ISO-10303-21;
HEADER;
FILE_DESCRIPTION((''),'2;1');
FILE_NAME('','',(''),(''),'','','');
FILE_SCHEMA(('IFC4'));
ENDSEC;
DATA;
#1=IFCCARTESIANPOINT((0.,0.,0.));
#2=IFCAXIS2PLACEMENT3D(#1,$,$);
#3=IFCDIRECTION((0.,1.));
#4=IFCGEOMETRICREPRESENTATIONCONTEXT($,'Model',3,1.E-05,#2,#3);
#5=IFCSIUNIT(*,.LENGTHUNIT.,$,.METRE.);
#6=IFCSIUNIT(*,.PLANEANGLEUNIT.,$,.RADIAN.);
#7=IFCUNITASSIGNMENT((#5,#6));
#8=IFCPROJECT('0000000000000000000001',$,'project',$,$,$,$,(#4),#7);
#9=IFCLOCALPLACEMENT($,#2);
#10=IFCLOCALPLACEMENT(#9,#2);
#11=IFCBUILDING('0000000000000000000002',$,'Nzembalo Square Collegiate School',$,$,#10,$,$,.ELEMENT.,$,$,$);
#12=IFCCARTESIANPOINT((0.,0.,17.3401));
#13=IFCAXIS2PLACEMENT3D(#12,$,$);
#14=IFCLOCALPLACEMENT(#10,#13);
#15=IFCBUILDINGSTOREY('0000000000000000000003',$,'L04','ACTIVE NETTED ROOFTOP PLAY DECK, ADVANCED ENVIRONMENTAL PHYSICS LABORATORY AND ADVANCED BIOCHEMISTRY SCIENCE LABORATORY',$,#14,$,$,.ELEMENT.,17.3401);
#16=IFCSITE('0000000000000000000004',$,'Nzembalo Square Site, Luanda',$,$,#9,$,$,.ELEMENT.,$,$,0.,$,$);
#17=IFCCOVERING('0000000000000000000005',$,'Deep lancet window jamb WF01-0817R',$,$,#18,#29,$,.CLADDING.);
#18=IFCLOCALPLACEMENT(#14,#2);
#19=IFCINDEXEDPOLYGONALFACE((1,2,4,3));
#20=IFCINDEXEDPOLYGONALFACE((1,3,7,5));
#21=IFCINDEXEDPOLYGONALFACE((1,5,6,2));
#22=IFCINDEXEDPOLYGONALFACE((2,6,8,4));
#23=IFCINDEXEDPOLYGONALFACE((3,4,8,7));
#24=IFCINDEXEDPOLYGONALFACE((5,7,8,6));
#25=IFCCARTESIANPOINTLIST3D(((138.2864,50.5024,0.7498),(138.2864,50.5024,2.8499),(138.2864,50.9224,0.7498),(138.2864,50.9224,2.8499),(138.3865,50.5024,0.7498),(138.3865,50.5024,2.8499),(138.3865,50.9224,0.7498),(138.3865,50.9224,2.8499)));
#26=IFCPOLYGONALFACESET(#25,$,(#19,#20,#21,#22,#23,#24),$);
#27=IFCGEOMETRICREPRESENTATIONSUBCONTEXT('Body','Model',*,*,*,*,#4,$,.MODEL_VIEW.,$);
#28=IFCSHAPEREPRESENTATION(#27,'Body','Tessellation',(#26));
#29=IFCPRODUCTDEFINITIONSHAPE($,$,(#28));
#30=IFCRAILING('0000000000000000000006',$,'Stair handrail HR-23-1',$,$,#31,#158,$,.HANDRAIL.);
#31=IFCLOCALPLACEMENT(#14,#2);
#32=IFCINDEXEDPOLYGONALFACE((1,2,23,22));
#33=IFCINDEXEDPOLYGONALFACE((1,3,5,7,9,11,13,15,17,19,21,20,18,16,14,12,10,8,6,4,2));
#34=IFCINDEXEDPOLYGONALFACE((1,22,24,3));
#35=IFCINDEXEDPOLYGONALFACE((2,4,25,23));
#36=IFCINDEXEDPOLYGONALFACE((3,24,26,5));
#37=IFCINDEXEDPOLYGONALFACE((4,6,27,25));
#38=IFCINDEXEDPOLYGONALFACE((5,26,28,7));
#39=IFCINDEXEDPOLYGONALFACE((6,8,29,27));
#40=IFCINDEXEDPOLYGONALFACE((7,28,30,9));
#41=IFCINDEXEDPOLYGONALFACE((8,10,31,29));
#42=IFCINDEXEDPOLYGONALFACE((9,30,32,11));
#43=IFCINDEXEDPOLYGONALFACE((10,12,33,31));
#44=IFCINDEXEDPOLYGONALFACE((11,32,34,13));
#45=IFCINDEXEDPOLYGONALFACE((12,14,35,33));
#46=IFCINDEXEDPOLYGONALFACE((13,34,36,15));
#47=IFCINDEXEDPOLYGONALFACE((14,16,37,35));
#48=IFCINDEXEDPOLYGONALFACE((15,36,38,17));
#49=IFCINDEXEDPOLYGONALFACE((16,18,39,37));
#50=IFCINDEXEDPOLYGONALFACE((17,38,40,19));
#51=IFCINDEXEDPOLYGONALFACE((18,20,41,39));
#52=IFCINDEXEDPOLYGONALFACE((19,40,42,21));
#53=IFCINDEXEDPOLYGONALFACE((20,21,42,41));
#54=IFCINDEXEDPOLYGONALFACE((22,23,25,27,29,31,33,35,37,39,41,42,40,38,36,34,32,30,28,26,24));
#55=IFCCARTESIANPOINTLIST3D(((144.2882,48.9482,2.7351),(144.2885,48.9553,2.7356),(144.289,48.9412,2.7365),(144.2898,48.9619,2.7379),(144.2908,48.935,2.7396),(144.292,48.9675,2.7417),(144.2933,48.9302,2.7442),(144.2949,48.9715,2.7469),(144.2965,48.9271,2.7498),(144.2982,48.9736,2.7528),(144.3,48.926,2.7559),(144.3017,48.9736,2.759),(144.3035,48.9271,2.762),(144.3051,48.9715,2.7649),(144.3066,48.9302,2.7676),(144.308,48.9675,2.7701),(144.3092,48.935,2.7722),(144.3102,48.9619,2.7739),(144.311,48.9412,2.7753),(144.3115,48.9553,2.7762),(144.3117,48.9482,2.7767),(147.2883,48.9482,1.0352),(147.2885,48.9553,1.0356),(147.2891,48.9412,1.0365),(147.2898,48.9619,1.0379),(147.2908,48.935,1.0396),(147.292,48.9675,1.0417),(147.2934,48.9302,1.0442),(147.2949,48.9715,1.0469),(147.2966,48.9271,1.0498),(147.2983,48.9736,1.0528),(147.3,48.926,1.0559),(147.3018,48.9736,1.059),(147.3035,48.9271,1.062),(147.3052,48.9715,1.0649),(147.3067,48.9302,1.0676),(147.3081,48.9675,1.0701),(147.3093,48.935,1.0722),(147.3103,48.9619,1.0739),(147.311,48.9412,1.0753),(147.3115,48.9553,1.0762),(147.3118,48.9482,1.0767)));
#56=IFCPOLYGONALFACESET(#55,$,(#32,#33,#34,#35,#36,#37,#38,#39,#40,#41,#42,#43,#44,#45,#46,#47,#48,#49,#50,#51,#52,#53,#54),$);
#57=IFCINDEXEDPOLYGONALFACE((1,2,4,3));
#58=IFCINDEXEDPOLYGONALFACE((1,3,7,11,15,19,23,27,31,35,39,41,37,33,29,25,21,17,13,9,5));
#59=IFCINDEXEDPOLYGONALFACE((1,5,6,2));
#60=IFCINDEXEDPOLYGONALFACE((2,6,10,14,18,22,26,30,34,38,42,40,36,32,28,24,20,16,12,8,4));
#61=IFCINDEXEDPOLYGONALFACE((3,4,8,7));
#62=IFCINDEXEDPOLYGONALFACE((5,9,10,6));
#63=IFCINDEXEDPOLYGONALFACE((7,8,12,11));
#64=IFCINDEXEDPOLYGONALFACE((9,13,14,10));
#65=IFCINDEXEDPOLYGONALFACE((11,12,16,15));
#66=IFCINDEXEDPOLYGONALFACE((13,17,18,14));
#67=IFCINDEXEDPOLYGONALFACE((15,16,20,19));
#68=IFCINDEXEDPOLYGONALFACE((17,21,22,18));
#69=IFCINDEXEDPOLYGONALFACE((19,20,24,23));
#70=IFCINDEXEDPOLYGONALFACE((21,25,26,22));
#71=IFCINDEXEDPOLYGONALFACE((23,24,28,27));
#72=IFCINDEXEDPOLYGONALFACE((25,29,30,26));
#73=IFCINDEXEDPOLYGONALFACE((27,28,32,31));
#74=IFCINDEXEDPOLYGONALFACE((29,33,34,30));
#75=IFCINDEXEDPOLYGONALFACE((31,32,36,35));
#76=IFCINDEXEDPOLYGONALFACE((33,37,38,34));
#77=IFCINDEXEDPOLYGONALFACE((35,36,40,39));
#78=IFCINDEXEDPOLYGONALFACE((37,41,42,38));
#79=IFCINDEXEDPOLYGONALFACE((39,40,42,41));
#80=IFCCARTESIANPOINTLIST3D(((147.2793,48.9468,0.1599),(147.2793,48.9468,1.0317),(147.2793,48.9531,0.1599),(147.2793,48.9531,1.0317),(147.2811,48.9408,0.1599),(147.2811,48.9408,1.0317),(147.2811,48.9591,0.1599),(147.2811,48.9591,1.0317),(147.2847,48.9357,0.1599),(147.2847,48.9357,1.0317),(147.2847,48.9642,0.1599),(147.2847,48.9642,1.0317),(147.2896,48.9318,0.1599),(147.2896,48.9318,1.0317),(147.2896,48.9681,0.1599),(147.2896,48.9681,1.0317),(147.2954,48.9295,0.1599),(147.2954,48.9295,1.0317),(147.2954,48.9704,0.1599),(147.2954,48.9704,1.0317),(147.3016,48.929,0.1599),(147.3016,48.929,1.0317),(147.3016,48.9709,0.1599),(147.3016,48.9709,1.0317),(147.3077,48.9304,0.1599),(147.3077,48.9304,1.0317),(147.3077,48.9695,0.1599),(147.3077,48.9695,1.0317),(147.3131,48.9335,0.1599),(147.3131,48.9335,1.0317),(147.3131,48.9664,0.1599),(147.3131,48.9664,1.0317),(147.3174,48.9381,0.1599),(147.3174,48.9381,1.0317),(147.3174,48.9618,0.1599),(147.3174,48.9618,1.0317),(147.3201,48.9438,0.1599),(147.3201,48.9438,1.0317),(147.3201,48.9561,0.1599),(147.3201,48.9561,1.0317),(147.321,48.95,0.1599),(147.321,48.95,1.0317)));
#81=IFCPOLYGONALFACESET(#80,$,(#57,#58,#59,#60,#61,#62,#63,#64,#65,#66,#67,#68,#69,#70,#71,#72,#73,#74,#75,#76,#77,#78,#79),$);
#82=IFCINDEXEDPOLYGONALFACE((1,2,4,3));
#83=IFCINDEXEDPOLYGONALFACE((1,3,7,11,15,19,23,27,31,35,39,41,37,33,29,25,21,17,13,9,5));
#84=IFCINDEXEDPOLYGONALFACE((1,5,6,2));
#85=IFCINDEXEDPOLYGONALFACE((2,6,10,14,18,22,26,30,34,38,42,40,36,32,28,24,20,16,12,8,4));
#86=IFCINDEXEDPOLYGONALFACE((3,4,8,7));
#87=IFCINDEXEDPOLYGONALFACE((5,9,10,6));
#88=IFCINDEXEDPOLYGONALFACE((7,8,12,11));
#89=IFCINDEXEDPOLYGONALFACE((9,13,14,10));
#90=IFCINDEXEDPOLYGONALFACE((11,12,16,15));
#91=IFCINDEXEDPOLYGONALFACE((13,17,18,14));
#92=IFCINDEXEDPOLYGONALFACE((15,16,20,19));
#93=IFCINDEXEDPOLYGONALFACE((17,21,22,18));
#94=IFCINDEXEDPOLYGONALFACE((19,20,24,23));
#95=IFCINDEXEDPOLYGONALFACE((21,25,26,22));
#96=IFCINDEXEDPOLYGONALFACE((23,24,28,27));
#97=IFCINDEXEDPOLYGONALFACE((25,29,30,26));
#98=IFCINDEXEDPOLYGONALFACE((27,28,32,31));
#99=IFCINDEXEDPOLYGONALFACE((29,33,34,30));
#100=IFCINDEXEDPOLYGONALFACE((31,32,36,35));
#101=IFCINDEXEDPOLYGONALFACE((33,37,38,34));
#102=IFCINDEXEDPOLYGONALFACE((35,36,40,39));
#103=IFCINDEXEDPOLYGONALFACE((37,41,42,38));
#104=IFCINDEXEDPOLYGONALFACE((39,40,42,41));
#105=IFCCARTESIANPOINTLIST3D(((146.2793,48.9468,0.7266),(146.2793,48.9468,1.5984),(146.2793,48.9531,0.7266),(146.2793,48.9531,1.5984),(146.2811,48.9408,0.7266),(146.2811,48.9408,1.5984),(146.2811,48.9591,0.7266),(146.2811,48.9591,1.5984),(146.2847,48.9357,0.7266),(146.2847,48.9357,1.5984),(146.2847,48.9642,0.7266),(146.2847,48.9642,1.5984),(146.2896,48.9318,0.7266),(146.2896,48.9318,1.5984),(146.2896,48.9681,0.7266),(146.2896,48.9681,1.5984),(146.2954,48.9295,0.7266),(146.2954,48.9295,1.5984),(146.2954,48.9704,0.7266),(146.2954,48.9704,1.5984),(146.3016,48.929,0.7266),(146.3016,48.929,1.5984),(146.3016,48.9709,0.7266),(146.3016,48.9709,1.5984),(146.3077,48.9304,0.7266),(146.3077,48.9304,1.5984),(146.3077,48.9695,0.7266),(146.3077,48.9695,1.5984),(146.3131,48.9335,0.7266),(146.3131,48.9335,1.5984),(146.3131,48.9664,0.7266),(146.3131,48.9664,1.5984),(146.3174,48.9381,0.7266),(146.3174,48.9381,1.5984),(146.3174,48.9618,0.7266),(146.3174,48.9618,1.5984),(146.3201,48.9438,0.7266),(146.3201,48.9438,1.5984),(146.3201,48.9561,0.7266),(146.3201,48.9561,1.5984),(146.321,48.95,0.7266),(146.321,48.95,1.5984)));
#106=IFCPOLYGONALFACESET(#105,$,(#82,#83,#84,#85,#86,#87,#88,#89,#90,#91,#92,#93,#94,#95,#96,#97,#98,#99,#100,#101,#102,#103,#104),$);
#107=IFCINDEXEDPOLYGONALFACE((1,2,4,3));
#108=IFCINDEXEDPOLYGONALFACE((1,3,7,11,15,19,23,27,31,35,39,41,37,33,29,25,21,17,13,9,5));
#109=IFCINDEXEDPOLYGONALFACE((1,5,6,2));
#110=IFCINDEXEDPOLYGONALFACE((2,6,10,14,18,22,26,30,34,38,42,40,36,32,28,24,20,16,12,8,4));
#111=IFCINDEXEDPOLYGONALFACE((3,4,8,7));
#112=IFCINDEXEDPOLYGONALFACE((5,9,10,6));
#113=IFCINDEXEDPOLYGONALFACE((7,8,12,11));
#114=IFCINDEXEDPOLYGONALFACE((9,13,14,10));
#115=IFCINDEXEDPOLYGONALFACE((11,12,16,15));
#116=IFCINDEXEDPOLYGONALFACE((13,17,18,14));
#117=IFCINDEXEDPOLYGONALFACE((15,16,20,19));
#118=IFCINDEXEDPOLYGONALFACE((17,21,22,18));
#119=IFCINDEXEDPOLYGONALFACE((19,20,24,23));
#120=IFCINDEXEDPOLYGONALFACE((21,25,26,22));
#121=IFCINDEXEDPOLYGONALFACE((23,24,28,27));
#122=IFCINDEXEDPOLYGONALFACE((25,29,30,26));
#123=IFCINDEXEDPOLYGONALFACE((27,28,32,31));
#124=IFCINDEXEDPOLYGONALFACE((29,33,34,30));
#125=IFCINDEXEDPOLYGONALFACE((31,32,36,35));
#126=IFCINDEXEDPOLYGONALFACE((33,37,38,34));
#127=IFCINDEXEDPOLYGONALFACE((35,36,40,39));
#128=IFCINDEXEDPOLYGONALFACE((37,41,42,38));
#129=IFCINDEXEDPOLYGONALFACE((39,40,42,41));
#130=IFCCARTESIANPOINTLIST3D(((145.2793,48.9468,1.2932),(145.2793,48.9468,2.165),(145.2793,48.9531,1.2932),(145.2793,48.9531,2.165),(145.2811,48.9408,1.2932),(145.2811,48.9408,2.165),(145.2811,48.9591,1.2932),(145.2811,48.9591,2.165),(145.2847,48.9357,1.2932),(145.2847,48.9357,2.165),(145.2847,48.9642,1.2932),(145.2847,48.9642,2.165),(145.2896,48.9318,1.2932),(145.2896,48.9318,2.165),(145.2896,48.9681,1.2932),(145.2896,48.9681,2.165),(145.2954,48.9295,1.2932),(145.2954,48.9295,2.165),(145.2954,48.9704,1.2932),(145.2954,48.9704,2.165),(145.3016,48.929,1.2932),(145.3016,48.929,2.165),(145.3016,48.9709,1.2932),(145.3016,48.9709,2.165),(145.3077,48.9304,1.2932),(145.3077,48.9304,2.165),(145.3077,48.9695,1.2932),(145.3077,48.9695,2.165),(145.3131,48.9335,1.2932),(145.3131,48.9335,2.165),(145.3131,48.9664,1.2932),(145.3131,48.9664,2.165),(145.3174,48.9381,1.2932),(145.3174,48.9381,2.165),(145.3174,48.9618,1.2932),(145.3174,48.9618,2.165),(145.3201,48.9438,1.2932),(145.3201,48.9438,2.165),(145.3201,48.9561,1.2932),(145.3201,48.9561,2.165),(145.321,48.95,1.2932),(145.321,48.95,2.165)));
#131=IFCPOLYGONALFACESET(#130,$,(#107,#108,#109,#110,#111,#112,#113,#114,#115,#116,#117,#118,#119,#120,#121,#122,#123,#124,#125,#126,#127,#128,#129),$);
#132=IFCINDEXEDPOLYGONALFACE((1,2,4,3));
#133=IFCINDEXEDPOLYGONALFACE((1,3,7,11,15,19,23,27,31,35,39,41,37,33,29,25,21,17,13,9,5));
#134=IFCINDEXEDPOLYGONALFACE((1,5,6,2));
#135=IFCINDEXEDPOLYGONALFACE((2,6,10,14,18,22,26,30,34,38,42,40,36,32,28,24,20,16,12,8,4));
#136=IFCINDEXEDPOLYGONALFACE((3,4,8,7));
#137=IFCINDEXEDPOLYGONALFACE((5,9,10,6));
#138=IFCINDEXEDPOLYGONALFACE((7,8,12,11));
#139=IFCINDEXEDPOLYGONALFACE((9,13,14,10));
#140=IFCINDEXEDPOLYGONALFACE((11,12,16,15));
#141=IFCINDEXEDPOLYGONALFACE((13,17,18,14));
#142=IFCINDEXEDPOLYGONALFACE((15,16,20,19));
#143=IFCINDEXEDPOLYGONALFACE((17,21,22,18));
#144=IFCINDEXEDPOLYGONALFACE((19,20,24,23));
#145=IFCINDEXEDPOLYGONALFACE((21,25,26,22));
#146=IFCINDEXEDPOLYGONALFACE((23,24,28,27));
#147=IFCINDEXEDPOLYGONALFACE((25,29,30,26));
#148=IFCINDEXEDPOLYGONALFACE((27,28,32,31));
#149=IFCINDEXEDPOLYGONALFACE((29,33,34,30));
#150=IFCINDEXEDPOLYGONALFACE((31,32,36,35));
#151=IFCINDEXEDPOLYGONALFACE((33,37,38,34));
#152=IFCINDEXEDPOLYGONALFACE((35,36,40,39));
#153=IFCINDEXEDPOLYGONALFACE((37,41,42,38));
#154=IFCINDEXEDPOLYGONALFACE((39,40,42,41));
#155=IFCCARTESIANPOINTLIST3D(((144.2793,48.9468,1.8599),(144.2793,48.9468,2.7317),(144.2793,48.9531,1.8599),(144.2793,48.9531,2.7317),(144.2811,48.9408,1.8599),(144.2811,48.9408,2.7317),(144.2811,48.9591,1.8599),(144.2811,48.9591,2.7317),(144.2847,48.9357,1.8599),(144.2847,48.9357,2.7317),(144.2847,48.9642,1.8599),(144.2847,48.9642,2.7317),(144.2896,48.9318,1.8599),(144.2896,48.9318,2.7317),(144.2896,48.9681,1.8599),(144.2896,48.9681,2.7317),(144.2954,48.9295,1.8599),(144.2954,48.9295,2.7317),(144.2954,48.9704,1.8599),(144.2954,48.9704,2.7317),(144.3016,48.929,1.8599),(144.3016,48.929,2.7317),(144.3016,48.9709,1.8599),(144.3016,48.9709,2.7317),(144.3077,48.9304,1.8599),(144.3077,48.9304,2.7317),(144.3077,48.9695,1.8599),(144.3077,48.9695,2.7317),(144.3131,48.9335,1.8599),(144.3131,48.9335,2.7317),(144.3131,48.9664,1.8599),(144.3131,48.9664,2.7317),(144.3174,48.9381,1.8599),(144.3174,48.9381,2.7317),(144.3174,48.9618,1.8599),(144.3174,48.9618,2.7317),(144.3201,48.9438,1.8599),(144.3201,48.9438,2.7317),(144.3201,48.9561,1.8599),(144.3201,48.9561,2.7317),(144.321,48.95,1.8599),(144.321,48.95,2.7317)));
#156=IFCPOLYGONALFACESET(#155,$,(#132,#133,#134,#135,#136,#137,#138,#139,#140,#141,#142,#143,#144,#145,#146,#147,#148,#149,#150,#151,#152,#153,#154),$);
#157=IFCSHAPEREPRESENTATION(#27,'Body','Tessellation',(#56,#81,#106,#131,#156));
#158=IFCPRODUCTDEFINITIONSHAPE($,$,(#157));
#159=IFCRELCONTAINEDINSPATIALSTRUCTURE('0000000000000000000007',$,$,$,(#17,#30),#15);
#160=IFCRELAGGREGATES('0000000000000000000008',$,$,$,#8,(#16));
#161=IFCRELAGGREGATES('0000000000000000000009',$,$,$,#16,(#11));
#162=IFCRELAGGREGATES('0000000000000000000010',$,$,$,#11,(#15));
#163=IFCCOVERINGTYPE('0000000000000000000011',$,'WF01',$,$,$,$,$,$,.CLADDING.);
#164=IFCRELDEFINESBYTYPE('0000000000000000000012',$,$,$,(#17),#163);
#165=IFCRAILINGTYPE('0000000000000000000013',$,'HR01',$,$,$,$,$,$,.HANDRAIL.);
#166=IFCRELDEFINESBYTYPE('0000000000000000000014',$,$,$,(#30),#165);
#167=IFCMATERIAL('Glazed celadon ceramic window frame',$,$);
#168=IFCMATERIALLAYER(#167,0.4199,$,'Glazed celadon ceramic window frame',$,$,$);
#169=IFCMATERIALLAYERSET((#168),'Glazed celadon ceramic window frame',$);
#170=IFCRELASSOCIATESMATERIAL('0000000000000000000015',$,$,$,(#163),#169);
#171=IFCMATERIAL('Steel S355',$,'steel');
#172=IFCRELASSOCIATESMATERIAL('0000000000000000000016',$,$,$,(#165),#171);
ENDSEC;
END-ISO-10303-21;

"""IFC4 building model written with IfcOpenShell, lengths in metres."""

from ifc_helpers import new_model, si_unit, direction, frame, origin, origin_2d, place, context, subcontext, project, spatial, rectangle, circle, extrude, material, layer, layer_set, type_object, element, save


model = new_model("IFC4")

# Units and contexts
model_context = context("Model", 3, precision=1e-05, world=origin(), true_north=direction((0.0, 1.0)))
body_context = subcontext(model_context, "Body", "Model", "MODEL_VIEW")
ifc_project = project(units=[si_unit("LENGTHUNIT", "METRE"), si_unit("PLANEANGLEUNIT", "RADIAN")], contexts=[model_context])

# Site, building, storey
site_placement = place(None, origin())
site = spatial("IfcSite", under=ifc_project, at=site_placement, Name="Nzembalo Square Site, Luanda", CompositionType="ELEMENT", RefElevation=0.0)
building_placement = place(site_placement, origin())
building = spatial("IfcBuilding", under=site, at=building_placement, Name="Nzembalo Square Collegiate School", CompositionType="ELEMENT")
storey_placement = place(building_placement, frame((0.0, 0.0, 17.3401)))
storey = spatial("IfcBuildingStorey", under=building, at=storey_placement, Name="L04", Description="ACTIVE NETTED ROOFTOP PLAY DECK, ADVANCED ENVIRONMENTAL PHYSICS LABORATORY AND ADVANCED BIOCHEMISTRY SCIENCE LABORATORY", CompositionType="ELEMENT", Elevation=17.3401)

# Covering
ifc_material_1 = material(Name="Glazed celadon ceramic window frame")
ifc_layer_1 = layer(ifc_material_1, 0.4199, Name="Glazed celadon ceramic window frame")
ifc_layer_set_1 = layer_set([ifc_layer_1], Name="Glazed celadon ceramic window frame")
covering_type_1 = type_object("IfcCoveringType", Name="WF01", PredefinedType="CLADDING", material=ifc_layer_set_1)
for number, where, z_axis, x_axis, name in (
    (1, (138.3364, 50.7124, 0.7498), (0.0, 0.0, 1.0), (1.0, 0.0, 0.0), "Deep lancet window jamb WF01-0817R"),
):
    element("IfcCovering", number, at=place(storey_placement, frame(where, z_axis=z_axis, x_axis=x_axis)), inside=storey, type_object=covering_type_1, Name=name, PredefinedType="CLADDING", context=body_context, shape_type="SweptSolid", body=[
        extrude(rectangle(XDim=0.1001, YDim=0.4199, at=origin_2d()), origin(), (0.0, 0.0, 1.0), 2.1001),
    ])

# Railing
ifc_material_2 = material(Name="Steel S355", Category="steel")
railing_type = type_object("IfcRailingType", Name="HR01", PredefinedType="HANDRAIL", material=ifc_material_2)
railing_placement = place(storey_placement, frame((147.3, 48.95, 0.1599)))
element("IfcRailing", 2, at=railing_placement, inside=storey, type_object=railing_type, Name="Stair handrail HR-23-1", PredefinedType="HANDRAIL", context=body_context, shape_type="SweptSolid", body=[
    extrude(circle(Radius=0.0239, at=origin_2d()), frame((0.0, 0.0, 0.896), z_axis=(-0.870028, 0.0, 0.493002), x_axis=(0.0, -1.0, 0.0)), (0.0, 0.0, 1.0), 3.4482),
    extrude(circle(Radius=0.021, at=origin_2d()), origin(), (0.0, 0.0, 1.0), 0.8718),
    extrude(circle(Radius=0.021, at=origin_2d()), frame((-1.0, 0.0, 0.5667)), (0.0, 0.0, 1.0), 0.8718),
    extrude(circle(Radius=0.021, at=origin_2d()), frame((-2.0, 0.0, 1.1333)), (0.0, 0.0, 1.0), 0.8718),
    extrude(circle(Radius=0.021, at=origin_2d()), frame((-3.0, 0.0, 1.7)), (0.0, 0.0, 1.0), 0.8718),
])

save(model, "model.ifc")
